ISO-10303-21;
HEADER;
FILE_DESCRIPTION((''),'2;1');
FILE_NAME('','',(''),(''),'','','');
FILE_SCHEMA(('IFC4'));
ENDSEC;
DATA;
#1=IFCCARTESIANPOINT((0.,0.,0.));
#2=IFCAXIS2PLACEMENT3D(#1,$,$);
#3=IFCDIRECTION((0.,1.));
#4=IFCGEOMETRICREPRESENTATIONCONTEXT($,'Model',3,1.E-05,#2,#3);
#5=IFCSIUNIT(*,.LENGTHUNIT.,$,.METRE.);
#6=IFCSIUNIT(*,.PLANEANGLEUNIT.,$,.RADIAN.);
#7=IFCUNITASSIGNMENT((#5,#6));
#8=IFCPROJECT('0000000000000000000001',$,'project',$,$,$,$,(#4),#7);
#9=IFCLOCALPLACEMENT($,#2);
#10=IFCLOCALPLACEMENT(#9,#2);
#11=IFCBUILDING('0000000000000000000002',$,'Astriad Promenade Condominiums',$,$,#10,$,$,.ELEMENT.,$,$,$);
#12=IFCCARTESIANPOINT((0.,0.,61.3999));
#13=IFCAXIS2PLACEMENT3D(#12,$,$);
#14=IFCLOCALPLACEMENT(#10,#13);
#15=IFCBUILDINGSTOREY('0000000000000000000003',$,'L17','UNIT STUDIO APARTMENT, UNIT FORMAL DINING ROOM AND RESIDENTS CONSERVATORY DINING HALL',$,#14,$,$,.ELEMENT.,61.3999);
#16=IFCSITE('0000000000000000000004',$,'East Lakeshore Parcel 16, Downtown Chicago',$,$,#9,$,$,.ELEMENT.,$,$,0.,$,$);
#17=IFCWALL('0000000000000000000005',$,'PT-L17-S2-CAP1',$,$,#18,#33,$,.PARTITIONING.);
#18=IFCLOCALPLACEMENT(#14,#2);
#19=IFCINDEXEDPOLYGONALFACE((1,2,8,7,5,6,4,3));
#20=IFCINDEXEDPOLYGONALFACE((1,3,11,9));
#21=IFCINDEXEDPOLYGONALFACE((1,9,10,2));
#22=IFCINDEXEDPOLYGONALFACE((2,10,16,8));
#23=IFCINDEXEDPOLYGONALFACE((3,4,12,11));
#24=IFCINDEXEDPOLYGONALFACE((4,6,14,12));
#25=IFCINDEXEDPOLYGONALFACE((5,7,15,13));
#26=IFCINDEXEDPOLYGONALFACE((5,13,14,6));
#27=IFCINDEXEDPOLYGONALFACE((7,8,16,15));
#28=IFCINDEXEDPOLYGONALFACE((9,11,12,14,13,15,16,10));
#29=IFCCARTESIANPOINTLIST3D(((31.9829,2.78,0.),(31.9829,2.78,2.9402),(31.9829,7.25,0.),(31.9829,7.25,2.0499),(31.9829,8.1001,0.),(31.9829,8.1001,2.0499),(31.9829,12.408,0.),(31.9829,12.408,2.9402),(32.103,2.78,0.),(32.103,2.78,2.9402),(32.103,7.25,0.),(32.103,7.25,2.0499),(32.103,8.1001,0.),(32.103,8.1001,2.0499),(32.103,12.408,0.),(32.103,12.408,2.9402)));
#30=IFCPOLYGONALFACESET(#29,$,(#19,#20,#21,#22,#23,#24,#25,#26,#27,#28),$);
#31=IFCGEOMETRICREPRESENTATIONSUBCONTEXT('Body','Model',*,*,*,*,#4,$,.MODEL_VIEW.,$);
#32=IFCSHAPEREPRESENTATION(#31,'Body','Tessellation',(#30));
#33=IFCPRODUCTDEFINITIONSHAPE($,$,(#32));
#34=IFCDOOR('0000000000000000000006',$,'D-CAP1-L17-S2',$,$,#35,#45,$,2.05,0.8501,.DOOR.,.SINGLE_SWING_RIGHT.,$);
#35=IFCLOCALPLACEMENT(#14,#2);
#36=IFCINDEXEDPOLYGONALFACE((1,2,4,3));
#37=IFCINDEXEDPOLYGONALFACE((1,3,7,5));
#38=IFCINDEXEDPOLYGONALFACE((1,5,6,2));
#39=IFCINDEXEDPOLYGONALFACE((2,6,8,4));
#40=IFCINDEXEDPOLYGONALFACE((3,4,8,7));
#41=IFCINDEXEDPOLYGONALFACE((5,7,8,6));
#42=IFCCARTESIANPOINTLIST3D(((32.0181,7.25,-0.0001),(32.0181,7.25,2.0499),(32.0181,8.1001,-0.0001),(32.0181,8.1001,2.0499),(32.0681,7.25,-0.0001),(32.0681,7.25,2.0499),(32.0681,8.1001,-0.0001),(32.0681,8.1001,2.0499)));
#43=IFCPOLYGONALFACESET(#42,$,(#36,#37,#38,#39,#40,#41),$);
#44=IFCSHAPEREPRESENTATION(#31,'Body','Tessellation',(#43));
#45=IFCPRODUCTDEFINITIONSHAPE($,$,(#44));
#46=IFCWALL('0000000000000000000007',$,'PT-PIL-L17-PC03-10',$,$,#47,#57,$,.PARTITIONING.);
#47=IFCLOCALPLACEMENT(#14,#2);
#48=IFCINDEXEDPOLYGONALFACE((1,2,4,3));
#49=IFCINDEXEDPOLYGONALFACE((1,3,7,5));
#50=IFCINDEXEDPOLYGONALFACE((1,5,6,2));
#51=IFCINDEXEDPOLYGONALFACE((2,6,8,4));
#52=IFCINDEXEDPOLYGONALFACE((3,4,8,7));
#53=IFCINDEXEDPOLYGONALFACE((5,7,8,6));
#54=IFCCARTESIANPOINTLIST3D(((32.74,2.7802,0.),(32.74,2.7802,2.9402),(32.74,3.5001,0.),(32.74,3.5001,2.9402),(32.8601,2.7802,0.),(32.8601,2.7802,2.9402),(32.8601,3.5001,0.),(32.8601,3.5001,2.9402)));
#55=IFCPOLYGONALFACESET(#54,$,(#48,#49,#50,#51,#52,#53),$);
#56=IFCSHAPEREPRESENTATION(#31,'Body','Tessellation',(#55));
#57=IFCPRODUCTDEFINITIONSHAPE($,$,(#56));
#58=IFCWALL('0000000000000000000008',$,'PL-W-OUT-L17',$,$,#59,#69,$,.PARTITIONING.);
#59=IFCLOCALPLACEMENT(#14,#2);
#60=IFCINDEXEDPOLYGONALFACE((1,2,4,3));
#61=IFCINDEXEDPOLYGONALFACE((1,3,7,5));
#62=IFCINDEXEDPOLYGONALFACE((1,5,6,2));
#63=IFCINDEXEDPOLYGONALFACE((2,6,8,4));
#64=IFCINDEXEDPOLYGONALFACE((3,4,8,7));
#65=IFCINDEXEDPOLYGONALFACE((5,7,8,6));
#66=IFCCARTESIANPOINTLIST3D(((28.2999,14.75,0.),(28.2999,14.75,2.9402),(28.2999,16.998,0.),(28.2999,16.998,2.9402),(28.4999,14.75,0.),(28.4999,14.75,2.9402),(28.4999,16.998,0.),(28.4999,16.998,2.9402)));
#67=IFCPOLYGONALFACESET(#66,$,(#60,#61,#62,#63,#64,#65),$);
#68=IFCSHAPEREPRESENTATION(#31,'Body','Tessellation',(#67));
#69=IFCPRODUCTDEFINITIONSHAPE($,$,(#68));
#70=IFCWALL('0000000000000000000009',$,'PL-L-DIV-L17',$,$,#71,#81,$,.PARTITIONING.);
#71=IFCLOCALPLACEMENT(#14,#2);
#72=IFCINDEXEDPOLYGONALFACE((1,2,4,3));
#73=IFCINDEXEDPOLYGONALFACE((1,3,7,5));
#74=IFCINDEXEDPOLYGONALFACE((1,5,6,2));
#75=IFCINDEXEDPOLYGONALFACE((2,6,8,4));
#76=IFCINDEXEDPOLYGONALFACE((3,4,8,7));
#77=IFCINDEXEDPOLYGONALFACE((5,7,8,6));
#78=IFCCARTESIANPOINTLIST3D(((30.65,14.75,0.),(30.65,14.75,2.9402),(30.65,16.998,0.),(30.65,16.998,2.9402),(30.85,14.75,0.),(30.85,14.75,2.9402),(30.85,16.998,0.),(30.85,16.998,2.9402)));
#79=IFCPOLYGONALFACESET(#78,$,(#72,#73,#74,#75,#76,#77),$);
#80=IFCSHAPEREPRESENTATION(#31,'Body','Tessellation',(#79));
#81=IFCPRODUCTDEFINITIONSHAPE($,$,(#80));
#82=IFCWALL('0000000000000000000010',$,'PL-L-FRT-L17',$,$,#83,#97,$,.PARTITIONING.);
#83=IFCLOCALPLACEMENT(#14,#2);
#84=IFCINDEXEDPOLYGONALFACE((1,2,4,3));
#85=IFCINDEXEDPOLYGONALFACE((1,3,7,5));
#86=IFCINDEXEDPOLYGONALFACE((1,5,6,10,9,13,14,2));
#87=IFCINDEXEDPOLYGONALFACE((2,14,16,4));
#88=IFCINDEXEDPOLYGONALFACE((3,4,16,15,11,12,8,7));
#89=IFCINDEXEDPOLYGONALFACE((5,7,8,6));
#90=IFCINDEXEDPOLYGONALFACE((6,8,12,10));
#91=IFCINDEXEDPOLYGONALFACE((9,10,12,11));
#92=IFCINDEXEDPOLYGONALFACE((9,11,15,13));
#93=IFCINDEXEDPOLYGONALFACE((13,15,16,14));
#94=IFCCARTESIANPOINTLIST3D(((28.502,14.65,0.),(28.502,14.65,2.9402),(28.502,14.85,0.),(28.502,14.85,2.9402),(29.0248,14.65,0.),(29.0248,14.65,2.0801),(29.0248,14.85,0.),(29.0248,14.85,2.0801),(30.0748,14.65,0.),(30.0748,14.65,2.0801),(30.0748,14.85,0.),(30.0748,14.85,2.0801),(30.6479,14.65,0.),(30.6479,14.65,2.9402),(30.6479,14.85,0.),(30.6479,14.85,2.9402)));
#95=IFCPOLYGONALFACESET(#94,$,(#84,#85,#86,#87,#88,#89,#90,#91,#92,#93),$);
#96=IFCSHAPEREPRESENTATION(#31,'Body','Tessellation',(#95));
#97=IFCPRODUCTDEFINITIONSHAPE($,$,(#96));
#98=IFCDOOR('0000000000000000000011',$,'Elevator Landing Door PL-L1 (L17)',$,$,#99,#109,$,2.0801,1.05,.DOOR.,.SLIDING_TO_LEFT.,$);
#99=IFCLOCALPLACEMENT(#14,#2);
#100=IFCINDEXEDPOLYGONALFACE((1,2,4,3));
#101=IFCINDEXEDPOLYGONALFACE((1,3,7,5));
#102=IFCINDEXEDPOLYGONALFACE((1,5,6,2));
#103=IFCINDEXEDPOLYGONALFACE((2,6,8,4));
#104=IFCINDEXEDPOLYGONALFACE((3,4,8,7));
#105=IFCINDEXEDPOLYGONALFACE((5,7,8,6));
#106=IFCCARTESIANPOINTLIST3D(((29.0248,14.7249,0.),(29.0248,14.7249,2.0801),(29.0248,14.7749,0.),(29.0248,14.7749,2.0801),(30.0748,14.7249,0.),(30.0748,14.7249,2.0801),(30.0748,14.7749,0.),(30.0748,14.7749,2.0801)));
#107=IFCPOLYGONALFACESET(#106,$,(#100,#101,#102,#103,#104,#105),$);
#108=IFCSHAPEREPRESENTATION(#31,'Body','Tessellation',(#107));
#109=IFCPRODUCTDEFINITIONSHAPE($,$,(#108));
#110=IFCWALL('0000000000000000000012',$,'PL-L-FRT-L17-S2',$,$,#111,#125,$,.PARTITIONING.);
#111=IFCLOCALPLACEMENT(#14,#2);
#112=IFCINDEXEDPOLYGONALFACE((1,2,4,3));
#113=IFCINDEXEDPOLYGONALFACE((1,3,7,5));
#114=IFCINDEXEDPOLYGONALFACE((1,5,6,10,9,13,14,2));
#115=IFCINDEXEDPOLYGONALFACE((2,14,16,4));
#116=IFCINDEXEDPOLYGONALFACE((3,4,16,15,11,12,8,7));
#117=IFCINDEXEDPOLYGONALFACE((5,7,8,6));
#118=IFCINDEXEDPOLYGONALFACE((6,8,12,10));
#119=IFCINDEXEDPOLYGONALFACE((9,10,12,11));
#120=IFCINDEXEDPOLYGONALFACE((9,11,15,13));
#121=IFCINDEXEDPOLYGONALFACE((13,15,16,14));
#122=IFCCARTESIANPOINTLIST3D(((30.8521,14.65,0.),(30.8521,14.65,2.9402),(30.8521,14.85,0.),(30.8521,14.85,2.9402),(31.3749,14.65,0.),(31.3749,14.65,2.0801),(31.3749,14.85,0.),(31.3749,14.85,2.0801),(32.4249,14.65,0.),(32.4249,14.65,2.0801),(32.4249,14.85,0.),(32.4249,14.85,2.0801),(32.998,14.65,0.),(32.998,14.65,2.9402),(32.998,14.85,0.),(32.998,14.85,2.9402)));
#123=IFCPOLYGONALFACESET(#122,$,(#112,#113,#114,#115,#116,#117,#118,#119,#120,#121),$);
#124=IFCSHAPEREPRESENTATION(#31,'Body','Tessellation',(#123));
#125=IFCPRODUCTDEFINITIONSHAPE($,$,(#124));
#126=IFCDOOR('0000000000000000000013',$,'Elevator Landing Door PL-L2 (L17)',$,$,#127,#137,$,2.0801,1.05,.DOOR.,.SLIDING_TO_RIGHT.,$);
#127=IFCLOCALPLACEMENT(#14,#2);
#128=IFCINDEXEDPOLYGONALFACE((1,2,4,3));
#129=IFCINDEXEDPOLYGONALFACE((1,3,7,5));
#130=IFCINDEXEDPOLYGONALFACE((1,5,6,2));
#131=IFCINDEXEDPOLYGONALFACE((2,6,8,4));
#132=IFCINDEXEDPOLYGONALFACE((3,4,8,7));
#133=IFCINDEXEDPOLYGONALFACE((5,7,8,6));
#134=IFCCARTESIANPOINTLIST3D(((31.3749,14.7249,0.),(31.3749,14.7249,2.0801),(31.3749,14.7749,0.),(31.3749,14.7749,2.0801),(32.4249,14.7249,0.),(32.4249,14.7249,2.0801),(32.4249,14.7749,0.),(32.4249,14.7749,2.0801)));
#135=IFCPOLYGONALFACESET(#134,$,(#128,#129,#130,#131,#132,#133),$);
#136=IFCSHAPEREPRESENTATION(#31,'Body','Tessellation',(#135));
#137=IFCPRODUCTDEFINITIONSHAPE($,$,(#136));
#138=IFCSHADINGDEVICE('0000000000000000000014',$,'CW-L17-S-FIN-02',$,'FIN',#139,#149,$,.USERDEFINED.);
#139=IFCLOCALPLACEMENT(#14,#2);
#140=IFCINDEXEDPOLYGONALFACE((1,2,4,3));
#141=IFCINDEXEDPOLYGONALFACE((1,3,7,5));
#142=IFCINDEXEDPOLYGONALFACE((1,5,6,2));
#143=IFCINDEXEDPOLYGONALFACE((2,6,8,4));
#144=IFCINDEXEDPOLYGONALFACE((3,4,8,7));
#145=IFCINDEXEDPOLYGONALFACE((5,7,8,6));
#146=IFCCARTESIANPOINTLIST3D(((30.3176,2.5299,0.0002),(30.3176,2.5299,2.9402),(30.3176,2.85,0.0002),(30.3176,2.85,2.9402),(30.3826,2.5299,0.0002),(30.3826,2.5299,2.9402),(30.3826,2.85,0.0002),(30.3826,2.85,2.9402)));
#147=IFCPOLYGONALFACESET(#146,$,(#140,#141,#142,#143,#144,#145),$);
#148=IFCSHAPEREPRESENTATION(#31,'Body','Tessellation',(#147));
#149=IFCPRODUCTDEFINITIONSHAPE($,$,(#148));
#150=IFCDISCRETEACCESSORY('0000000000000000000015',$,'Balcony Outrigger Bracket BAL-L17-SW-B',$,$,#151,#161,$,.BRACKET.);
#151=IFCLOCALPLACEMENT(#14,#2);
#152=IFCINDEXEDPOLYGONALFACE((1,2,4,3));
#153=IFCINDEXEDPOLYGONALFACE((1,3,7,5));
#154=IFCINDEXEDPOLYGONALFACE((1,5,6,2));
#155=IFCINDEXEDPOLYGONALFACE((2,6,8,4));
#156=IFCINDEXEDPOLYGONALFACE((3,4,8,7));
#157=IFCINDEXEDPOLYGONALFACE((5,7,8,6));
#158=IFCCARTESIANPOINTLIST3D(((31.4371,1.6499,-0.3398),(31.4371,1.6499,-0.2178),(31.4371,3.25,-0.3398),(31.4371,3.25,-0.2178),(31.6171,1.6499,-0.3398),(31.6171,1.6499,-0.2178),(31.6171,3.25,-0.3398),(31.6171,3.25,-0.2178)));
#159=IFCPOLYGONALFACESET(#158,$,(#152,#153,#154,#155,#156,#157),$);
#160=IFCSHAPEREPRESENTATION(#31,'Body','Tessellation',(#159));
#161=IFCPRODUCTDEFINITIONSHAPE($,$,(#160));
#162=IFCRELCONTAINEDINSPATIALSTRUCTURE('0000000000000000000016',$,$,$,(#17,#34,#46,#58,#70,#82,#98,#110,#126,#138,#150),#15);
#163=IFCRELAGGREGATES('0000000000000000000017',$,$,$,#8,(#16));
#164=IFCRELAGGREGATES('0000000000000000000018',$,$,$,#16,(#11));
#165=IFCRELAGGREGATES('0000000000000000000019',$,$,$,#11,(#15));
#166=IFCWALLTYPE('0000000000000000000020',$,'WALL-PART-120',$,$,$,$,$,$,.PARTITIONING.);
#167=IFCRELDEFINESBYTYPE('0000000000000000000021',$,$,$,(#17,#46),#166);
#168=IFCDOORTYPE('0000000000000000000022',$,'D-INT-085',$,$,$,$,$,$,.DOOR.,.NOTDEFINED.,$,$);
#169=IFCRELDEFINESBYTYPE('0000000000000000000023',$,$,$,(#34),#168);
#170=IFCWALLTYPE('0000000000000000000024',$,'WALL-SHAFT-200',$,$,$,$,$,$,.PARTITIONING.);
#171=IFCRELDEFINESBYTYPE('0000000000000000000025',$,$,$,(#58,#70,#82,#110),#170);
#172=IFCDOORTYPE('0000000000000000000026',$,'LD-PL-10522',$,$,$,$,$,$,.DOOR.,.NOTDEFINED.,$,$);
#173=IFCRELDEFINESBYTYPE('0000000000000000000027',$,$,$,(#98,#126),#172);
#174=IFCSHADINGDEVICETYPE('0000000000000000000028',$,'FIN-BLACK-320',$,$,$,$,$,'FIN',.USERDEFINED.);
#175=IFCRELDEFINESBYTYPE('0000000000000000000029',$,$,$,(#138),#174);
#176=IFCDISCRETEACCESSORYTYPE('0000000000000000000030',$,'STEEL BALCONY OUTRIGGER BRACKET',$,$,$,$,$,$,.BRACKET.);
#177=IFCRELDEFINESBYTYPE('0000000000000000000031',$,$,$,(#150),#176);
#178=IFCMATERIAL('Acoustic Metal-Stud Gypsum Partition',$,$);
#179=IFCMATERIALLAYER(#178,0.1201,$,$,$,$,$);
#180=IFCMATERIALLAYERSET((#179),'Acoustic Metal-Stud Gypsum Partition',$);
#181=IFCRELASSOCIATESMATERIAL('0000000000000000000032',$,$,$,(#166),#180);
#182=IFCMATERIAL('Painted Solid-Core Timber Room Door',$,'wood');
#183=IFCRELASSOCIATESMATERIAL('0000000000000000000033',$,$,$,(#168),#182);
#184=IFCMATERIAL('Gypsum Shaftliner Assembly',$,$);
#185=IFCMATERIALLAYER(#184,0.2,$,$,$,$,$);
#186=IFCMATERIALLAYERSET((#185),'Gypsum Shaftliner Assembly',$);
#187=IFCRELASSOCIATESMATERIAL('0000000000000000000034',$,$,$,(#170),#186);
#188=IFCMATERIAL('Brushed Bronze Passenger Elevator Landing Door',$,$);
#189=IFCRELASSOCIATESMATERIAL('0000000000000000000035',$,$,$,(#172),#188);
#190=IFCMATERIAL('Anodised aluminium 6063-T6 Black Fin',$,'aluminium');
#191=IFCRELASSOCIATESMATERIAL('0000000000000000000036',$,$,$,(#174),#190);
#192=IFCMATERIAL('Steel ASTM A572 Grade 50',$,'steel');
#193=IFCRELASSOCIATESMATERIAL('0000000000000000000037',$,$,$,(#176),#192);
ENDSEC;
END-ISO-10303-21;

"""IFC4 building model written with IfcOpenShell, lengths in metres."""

from ifc_helpers import new_model, si_unit, direction, frame, frame_2d, origin, origin_2d, place, context, subcontext, project, spatial, rectangle, extrude, source, transform, mapped, material, layer, layer_set, type_object, type_shapes, element, fill, save


model = new_model("IFC4")

# Units and contexts
model_context = context("Model", 3, precision=1e-05, world=origin(), true_north=direction((0.0, 1.0)))
body_context = subcontext(model_context, "Body", "Model", "MODEL_VIEW")
ifc_project = project(units=[si_unit("LENGTHUNIT", "METRE"), si_unit("PLANEANGLEUNIT", "RADIAN")], contexts=[model_context])

# Site, building, storey
site_placement = place(None, origin())
site = spatial("IfcSite", under=ifc_project, at=site_placement, Name="East Lakeshore Parcel 16, Downtown Chicago", CompositionType="ELEMENT", RefElevation=0.0)
building_placement = place(site_placement, origin())
building = spatial("IfcBuilding", under=site, at=building_placement, Name="Astriad Promenade Condominiums", CompositionType="ELEMENT")
storey_placement = place(building_placement, frame((0.0, 0.0, 61.3999)))
storey = spatial("IfcBuildingStorey", under=building, at=storey_placement, Name="L17", Description="UNIT STUDIO APARTMENT, UNIT FORMAL DINING ROOM AND RESIDENTS CONSERVATORY DINING HALL", CompositionType="ELEMENT", Elevation=61.3999)

# Wall, opening, door
ifc_material_1 = material(Name="Acoustic Metal-Stud Gypsum Partition")
ifc_layer_1 = layer(ifc_material_1, 0.1201)
ifc_layer_set_1 = layer_set([ifc_layer_1], Name="Acoustic Metal-Stud Gypsum Partition")
wall_type_1 = type_object("IfcWallType", Name="WALL-PART-120", PredefinedType="PARTITIONING", material=ifc_layer_set_1)
wall_1_placement = place(storey_placement, frame((32.043, 2.78, 0.0), z_axis=(0.0, 0.0, 1.0), x_axis=(0.0, 1.0, 0.0)))
wall_1 = element("IfcWall", 1, at=wall_1_placement, inside=storey, type_object=wall_type_1, Name="PT-L17-S2-CAP1", PredefinedType="PARTITIONING", context=body_context, shape_type="SweptSolid", body=[
    extrude(rectangle(XDim=9.6279, YDim=0.1201, at=frame_2d((4.814, 0.0))), origin(), (0.0, 0.0, 1.0), 2.9402),
])
opening_1_placement = place(wall_1_placement, frame((4.47, 0.0, 0.0)))
opening_1 = element("IfcOpeningElement", 2, at=opening_1_placement, cuts=wall_1, PredefinedType="OPENING", context=body_context, shape_type="SweptSolid", body=[
    extrude(rectangle(XDim=0.8501, YDim=2.05, at=frame_2d((0.425, 1.0249))), frame((0.0, 0.0701, 0.0), z_axis=(0.0, -1.0, 0.0), x_axis=(1.0, 0.0, 0.0)), (0.0, 0.0, 1.0), 0.1401),
])
ifc_material_2 = material(Name="Painted Solid-Core Timber Room Door", Category="wood")
door_type_1 = type_object("IfcDoorType", Name="D-INT-085", OperationType="NOTDEFINED", PredefinedType="DOOR", material=ifc_material_2)
shared_shape_1 = source(origin(), body_context, "Body", "SweptSolid", [
    extrude(rectangle(XDim=0.8501, YDim=2.05, at=frame_2d((0.425, 1.0249))), frame((0.0, 0.0249, 0.0), z_axis=(0.0, -1.0, 0.0), x_axis=(1.0, 0.0, 0.0)), (0.0, 0.0, 1.0), 0.05),
])
type_shapes(door_type_1, [shared_shape_1])
door_1_placement = place(opening_1_placement, origin())
door_1 = element("IfcDoor", 3, at=door_1_placement, inside=storey, type_object=door_type_1, Name="D-CAP1-L17-S2", OperationType="SINGLE_SWING_RIGHT", OverallHeight=2.05, OverallWidth=0.8501, PredefinedType="DOOR", context=body_context, shape_type="MappedRepresentation", body=[
    mapped(shared_shape_1, transform((0.0, 0.0, 0.0), scale=1.0)),
])
fill(opening_1, door_1)

# Walls
wall_2_placement = place(storey_placement, frame((32.8, 3.5, 0.0), z_axis=(0.0, 0.0, 1.0), x_axis=(0.0, -1.0, 0.0)))
element("IfcWall", 4, at=wall_2_placement, inside=storey, type_object=wall_type_1, Name="PT-PIL-L17-PC03-10", PredefinedType="PARTITIONING", context=body_context, shape_type="SweptSolid", body=[
    extrude(rectangle(XDim=0.72, YDim=0.1201, at=frame_2d((0.3599, 0.0))), origin(), (0.0, 0.0, 1.0), 2.9402),
])
ifc_material_3 = material(Name="Gypsum Shaftliner Assembly")
ifc_layer_2 = layer(ifc_material_3, 0.2)
ifc_layer_set_2 = layer_set([ifc_layer_2], Name="Gypsum Shaftliner Assembly")
wall_type_2 = type_object("IfcWallType", Name="WALL-SHAFT-200", PredefinedType="PARTITIONING", material=ifc_layer_set_2)
for number, where, z_axis, x_axis, name in (
    (5, (28.3999, 14.75, 0.0), (0.0, 0.0, 1.0), (0.0, 1.0, 0.0), "PL-W-OUT-L17"),
    (6, (30.75, 14.75, 0.0), (0.0, 0.0, 1.0), (0.0, 1.0, 0.0), "PL-L-DIV-L17"),
):
    element("IfcWall", number, at=place(storey_placement, frame(where, z_axis=z_axis, x_axis=x_axis)), inside=storey, type_object=wall_type_2, Name=name, PredefinedType="PARTITIONING", context=body_context, shape_type="SweptSolid", body=[
        extrude(rectangle(XDim=2.248, YDim=0.2, at=frame_2d((1.124, 0.0))), origin(), (0.0, 0.0, 1.0), 2.9402),
    ])

# Walls, openings, doors
wall_3_placement = place(storey_placement, frame((28.502, 14.75, 0.0), z_axis=(0.0, 0.0, 1.0), x_axis=(1.0, 0.0, 0.0)))
wall_3 = element("IfcWall", 7, at=wall_3_placement, inside=storey, type_object=wall_type_2, Name="PL-L-FRT-L17", PredefinedType="PARTITIONING", context=body_context, shape_type="SweptSolid", body=[
    extrude(rectangle(XDim=2.146, YDim=0.2, at=frame_2d((1.073, 0.0))), origin(), (0.0, 0.0, 1.0), 2.9402),
])
opening_2_placement = place(wall_3_placement, frame((0.5229, 0.0, 0.0)))
opening_2 = element("IfcOpeningElement", 8, at=opening_2_placement, cuts=wall_3, PredefinedType="OPENING", context=body_context, shape_type="SweptSolid", body=[
    extrude(rectangle(XDim=1.05, YDim=2.0801, at=frame_2d((0.5249, 1.04))), frame((0.0, 0.1099, 0.0), z_axis=(0.0, -1.0, 0.0), x_axis=(1.0, 0.0, 0.0)), (0.0, 0.0, 1.0), 0.22),
])
ifc_material_4 = material(Name="Brushed Bronze Passenger Elevator Landing Door")
door_type_2 = type_object("IfcDoorType", Name="LD-PL-10522", OperationType="NOTDEFINED", PredefinedType="DOOR", material=ifc_material_4)
shared_shape_2 = source(origin(), body_context, "Body", "SweptSolid", [
    extrude(rectangle(XDim=1.05, YDim=2.0801, at=frame_2d((0.5249, 1.04))), frame((0.0, 0.0249, 0.0), z_axis=(0.0, -1.0, 0.0), x_axis=(1.0, 0.0, 0.0)), (0.0, 0.0, 1.0), 0.05),
])
type_shapes(door_type_2, [shared_shape_2])
door_2_placement = place(opening_2_placement, origin())
door_2 = element("IfcDoor", 9, at=door_2_placement, inside=storey, type_object=door_type_2, Name="Elevator Landing Door PL-L1 (L17)", OperationType="SLIDING_TO_LEFT", OverallHeight=2.0801, OverallWidth=1.05, PredefinedType="DOOR", context=body_context, shape_type="MappedRepresentation", body=[
    mapped(shared_shape_2, transform((0.0, 0.0, 0.0), scale=1.0)),
])
fill(opening_2, door_2)
wall_4_placement = place(storey_placement, frame((30.8521, 14.75, 0.0), z_axis=(0.0, 0.0, 1.0), x_axis=(1.0, 0.0, 0.0)))
wall_4 = element("IfcWall", 10, at=wall_4_placement, inside=storey, type_object=wall_type_2, Name="PL-L-FRT-L17-S2", PredefinedType="PARTITIONING", context=body_context, shape_type="SweptSolid", body=[
    extrude(rectangle(XDim=2.146, YDim=0.2, at=frame_2d((1.073, 0.0))), origin(), (0.0, 0.0, 1.0), 2.9402),
])
opening_3_placement = place(wall_4_placement, frame((0.5229, 0.0, 0.0)))
opening_3 = element("IfcOpeningElement", 11, at=opening_3_placement, cuts=wall_4, PredefinedType="OPENING", context=body_context, shape_type="SweptSolid", body=[
    extrude(rectangle(XDim=1.05, YDim=2.0801, at=frame_2d((0.5249, 1.04))), frame((0.0, 0.1099, 0.0), z_axis=(0.0, -1.0, 0.0), x_axis=(1.0, 0.0, 0.0)), (0.0, 0.0, 1.0), 0.22),
])
door_3_placement = place(opening_3_placement, origin())
door_3 = element("IfcDoor", 12, at=door_3_placement, inside=storey, type_object=door_type_2, Name="Elevator Landing Door PL-L2 (L17)", OperationType="SLIDING_TO_RIGHT", OverallHeight=2.0801, OverallWidth=1.05, PredefinedType="DOOR", context=body_context, shape_type="MappedRepresentation", body=[
    mapped(shared_shape_2, transform((0.0, 0.0, 0.0), scale=1.0)),
])
fill(opening_3, door_3)

# Shading device
ifc_material_5 = material(Name="Anodised aluminium 6063-T6 Black Fin", Category="aluminium")
shading_device_type = type_object("IfcShadingDeviceType", Name="FIN-BLACK-320", ElementType="FIN", PredefinedType="USERDEFINED", material=ifc_material_5)
shared_shape_3 = source(origin(), body_context, "Body", "SweptSolid", [
    extrude(rectangle(XDim=0.0649, YDim=0.3201, at=origin_2d()), origin(), (0.0, 0.0, 1.0), 2.9399),
])
type_shapes(shading_device_type, [shared_shape_3])
shading_device_placement = place(storey_placement, frame((30.3501, 2.6899, 0.0002), z_axis=(0.0, 0.0, 1.0), x_axis=(-1.0, 0.0, 0.0)))
element("IfcShadingDevice", 13, at=shading_device_placement, inside=storey, type_object=shading_device_type, Name="CW-L17-S-FIN-02", ObjectType="FIN", PredefinedType="USERDEFINED", context=body_context, shape_type="MappedRepresentation", body=[
    mapped(shared_shape_3, transform((0.0, 0.0, 0.0), scale=1.0)),
])

# Discrete accessory
ifc_material_6 = material(Name="Steel ASTM A572 Grade 50", Category="steel")
discrete_accessory_type = type_object("IfcDiscreteAccessoryType", Name="STEEL BALCONY OUTRIGGER BRACKET", PredefinedType="BRACKET", material=ifc_material_6)
shared_shape_4 = source(origin(), body_context, "Body", "SweptSolid", [
    extrude(rectangle(XDim=1.6001, YDim=0.1799, at=origin_2d()), origin(), (0.0, 0.0, 1.0), 0.1221),
])
type_shapes(discrete_accessory_type, [shared_shape_4])
discrete_accessory_placement = place(storey_placement, frame((31.5271, 2.45, -0.3398), z_axis=(0.0, 0.0, 1.0), x_axis=(0.0, -1.0, 0.0)))
element("IfcDiscreteAccessory", 14, at=discrete_accessory_placement, inside=storey, type_object=discrete_accessory_type, Name="Balcony Outrigger Bracket BAL-L17-SW-B", PredefinedType="BRACKET", context=body_context, shape_type="MappedRepresentation", body=[
    mapped(shared_shape_4, transform((0.0, 0.0, 0.0), scale=1.0)),
])

save(model, "model.ifc")
